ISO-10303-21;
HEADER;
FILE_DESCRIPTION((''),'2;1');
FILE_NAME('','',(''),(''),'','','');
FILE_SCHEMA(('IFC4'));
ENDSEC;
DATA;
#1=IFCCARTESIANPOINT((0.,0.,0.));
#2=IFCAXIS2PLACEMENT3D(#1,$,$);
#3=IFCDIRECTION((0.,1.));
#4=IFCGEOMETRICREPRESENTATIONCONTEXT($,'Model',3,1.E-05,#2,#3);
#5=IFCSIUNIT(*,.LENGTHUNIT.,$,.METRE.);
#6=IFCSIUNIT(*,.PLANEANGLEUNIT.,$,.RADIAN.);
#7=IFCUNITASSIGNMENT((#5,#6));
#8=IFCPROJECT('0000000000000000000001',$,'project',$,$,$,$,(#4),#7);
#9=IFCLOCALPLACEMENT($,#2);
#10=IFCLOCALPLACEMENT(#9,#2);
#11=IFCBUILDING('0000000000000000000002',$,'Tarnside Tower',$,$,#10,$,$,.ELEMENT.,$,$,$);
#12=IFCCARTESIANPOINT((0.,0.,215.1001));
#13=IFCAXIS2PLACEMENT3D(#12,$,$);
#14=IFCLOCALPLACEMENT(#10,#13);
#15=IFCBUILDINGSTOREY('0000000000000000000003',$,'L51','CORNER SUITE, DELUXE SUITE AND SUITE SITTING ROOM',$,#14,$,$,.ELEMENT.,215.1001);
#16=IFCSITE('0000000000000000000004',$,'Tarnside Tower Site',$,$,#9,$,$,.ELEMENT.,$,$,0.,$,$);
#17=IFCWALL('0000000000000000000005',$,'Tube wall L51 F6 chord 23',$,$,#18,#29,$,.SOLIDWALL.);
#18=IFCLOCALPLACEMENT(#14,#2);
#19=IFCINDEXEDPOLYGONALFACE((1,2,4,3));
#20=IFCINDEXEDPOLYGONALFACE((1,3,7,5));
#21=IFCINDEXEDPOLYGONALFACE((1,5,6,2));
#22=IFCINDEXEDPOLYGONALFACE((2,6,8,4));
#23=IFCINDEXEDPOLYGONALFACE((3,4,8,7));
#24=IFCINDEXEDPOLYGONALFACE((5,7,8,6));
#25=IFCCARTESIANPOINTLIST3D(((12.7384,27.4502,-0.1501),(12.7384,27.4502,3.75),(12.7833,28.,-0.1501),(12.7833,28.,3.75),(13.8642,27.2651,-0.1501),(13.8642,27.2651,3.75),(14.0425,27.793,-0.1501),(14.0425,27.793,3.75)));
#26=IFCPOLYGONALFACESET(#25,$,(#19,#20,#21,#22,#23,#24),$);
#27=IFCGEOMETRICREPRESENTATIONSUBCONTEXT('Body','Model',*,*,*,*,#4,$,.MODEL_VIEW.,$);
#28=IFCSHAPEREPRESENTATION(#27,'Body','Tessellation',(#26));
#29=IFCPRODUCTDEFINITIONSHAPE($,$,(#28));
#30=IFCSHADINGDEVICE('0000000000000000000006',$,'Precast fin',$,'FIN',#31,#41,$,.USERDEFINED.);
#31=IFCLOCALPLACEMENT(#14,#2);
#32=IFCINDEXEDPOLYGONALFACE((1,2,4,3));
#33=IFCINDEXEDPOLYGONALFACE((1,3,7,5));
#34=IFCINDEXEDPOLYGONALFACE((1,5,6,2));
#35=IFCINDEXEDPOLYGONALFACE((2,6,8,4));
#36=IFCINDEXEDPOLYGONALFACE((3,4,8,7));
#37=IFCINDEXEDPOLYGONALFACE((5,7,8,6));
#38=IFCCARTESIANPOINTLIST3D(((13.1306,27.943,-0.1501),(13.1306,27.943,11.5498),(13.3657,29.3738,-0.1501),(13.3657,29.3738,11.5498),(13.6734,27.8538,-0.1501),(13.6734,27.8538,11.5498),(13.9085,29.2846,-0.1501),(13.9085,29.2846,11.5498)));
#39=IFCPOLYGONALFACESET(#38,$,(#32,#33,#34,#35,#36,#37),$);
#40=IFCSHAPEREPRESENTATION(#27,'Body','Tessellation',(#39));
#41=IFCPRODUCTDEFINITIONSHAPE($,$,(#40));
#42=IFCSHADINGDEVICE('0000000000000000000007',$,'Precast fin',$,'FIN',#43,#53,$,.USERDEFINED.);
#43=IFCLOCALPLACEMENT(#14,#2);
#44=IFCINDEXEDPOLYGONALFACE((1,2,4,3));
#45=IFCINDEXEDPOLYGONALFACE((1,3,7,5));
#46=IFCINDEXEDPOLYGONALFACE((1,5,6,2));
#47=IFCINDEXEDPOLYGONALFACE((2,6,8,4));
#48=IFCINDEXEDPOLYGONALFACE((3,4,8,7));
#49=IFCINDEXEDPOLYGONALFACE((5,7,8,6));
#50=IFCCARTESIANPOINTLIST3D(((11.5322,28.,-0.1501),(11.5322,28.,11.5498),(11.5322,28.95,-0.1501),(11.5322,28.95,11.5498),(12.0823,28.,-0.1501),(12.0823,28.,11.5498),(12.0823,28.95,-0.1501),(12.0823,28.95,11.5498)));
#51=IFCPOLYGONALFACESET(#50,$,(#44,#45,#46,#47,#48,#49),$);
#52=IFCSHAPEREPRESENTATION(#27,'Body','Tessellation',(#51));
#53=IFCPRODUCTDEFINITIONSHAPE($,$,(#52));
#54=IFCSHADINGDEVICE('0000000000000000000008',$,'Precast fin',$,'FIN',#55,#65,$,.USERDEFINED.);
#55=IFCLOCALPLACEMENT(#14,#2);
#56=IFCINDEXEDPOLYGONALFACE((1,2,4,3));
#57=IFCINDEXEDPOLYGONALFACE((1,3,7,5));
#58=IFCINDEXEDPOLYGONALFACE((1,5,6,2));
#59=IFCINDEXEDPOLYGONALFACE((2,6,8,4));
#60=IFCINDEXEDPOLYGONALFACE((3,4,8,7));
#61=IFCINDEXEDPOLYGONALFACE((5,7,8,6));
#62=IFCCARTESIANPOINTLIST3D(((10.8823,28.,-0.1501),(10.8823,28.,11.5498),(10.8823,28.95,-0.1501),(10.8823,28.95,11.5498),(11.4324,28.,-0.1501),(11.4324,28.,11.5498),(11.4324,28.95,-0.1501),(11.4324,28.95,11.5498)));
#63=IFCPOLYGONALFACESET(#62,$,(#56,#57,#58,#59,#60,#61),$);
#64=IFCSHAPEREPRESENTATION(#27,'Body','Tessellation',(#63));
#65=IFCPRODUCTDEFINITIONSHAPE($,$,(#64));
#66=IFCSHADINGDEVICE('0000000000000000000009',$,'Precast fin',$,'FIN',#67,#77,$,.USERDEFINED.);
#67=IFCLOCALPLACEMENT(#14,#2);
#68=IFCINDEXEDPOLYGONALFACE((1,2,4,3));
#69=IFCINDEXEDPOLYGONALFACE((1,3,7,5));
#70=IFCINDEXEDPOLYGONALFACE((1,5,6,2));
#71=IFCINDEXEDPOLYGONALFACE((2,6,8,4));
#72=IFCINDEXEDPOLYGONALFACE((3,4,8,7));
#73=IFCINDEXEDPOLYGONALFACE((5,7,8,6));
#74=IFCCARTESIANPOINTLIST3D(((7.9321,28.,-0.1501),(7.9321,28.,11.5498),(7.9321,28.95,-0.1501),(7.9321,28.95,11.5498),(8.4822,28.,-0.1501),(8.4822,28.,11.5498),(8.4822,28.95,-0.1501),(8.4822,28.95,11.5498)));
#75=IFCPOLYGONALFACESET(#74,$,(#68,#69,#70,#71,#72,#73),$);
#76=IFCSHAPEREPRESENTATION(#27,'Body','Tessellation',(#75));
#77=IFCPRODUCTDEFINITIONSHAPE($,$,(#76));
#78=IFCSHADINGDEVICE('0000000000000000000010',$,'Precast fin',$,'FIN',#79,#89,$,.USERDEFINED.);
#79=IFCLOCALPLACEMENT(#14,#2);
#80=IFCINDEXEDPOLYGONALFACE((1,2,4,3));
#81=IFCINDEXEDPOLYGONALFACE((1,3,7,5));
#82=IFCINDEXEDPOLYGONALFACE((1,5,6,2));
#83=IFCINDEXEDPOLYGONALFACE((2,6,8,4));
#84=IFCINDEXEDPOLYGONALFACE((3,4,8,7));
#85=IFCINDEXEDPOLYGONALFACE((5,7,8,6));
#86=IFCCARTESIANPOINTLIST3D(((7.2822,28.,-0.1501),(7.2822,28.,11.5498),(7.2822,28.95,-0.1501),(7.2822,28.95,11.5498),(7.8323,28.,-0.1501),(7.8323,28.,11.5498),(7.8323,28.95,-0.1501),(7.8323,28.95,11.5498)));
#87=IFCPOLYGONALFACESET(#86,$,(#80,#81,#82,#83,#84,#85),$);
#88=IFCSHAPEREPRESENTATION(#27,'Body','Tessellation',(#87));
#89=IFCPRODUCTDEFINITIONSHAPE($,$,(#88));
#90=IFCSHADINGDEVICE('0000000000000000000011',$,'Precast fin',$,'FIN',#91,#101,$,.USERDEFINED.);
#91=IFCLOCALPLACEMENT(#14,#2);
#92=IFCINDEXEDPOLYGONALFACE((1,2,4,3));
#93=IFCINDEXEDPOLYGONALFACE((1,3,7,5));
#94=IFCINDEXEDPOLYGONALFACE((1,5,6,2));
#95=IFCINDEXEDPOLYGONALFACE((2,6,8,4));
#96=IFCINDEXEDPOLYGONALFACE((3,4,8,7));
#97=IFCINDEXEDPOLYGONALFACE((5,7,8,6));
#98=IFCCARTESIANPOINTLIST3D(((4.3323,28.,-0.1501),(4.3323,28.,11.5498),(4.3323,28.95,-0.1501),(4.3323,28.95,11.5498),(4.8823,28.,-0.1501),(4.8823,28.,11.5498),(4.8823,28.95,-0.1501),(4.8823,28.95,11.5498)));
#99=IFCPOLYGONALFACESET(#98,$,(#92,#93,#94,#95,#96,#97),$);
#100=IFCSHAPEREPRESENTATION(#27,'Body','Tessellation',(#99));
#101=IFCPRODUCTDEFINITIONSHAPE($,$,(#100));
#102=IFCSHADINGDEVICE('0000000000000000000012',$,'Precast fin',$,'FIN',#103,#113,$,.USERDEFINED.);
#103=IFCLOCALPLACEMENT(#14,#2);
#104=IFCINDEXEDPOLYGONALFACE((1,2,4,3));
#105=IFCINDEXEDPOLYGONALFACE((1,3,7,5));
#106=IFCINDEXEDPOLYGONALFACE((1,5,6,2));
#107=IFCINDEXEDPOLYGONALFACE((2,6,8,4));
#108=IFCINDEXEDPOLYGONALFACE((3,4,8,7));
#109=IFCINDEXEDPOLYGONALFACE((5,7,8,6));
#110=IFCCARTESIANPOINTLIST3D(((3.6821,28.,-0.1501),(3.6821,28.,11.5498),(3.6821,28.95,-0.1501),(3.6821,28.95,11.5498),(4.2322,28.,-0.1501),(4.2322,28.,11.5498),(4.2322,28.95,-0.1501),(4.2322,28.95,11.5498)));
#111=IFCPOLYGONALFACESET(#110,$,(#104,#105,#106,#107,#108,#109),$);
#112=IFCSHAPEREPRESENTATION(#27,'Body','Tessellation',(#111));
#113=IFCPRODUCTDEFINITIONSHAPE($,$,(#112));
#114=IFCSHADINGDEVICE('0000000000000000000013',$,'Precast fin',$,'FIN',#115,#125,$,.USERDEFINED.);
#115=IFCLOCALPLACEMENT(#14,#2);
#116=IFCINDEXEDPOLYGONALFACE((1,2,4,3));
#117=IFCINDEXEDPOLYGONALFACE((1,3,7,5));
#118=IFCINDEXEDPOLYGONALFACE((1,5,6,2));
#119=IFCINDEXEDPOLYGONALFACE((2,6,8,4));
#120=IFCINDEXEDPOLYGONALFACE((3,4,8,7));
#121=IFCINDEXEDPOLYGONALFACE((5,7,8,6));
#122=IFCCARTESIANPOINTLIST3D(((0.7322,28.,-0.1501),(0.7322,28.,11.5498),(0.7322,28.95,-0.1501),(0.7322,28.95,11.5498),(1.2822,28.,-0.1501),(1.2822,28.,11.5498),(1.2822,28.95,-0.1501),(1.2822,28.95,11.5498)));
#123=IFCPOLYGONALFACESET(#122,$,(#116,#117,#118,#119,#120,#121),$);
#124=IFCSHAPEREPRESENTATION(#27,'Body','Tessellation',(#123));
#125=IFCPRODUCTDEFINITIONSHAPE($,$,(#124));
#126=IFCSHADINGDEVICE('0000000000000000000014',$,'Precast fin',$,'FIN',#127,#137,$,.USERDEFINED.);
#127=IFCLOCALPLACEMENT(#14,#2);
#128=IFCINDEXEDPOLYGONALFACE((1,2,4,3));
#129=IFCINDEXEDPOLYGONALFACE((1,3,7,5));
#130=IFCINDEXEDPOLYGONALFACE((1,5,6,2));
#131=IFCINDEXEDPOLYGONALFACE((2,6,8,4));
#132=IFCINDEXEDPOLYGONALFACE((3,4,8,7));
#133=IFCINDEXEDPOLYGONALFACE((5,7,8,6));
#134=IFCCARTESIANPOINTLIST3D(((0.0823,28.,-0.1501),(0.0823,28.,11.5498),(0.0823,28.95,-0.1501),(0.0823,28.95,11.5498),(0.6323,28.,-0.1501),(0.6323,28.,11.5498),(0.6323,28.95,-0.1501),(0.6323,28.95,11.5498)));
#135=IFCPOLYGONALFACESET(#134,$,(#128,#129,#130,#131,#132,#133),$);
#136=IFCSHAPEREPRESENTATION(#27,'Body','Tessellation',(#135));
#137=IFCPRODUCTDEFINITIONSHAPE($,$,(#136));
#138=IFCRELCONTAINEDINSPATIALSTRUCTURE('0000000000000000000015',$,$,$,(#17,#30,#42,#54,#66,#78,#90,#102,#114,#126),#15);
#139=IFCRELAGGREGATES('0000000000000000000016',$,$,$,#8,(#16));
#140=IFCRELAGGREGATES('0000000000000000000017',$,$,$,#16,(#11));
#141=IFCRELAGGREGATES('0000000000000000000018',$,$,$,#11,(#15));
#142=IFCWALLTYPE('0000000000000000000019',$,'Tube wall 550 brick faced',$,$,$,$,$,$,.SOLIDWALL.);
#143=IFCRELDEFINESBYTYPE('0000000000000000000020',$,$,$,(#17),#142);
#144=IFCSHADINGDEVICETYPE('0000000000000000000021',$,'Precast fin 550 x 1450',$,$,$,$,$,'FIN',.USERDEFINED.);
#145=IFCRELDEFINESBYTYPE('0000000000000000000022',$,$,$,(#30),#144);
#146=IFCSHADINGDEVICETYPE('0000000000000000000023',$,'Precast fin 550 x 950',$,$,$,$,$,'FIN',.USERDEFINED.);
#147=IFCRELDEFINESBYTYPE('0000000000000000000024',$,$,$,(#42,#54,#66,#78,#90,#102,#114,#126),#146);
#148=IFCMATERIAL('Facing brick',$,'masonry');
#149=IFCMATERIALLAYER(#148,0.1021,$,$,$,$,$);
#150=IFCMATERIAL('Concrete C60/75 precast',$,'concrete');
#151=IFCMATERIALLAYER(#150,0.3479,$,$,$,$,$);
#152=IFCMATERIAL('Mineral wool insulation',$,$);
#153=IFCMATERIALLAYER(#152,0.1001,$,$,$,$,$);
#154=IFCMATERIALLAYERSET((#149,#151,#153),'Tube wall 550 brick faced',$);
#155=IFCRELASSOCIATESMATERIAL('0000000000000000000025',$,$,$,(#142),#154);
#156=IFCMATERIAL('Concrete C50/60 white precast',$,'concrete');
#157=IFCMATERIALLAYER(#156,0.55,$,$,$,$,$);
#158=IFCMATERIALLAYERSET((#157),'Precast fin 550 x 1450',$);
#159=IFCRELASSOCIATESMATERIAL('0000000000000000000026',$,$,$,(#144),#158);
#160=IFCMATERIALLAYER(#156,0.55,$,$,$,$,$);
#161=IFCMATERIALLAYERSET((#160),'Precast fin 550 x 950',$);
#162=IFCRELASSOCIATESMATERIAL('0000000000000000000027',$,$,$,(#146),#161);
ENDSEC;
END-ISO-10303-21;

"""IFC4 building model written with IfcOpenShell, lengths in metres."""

from ifc_helpers import new_model, si_unit, direction, frame, origin, place, context, subcontext, project, spatial, polyline, outline, extrude, material, layer, layer_set, type_object, element, save


model = new_model("IFC4")

# Units and contexts
model_context = context("Model", 3, precision=1e-05, world=origin(), true_north=direction((0.0, 1.0)))
body_context = subcontext(model_context, "Body", "Model", "MODEL_VIEW")
ifc_project = project(units=[si_unit("LENGTHUNIT", "METRE"), si_unit("PLANEANGLEUNIT", "RADIAN")], contexts=[model_context])

# Site, building, storey
site_placement = place(None, origin())
site = spatial("IfcSite", under=ifc_project, at=site_placement, Name="Tarnside Tower Site", CompositionType="ELEMENT", RefElevation=0.0)
building_placement = place(site_placement, origin())
building = spatial("IfcBuilding", under=site, at=building_placement, Name="Tarnside Tower", CompositionType="ELEMENT")
storey_placement = place(building_placement, frame((0.0, 0.0, 215.1001)))
storey = spatial("IfcBuildingStorey", under=building, at=storey_placement, Name="L51", Description="CORNER SUITE, DELUXE SUITE AND SUITE SITTING ROOM", CompositionType="ELEMENT", Elevation=215.1001)

# Shared definitions
ifc_material_1 = material(Name="Facing brick", Category="masonry")
ifc_layer_1 = layer(ifc_material_1, 0.1021)
ifc_material_2 = material(Name="Concrete C60/75 precast", Category="concrete")
ifc_layer_2 = layer(ifc_material_2, 0.3479)
ifc_material_3 = material(Name="Mineral wool insulation")
ifc_layer_3 = layer(ifc_material_3, 0.1001)
ifc_layer_set_1 = layer_set([ifc_layer_1, ifc_layer_2, ifc_layer_3], Name="Tube wall 550 brick faced")
wall_type_1 = type_object("IfcWallType", Name="Tube wall 550 brick faced", PredefinedType="SOLIDWALL", material=ifc_layer_set_1)

# Wall
wall_1_placement = place(storey_placement, frame((13.9534, 27.5291, -0.1501), z_axis=(0.0, 0.0, 1.0), x_axis=(-0.986752, 0.162236, 0.0)))
element("IfcWall", 1, at=wall_1_placement, inside=storey, type_object=wall_type_1, Name="Tube wall L51 F6 chord 23", PredefinedType="SOLIDWALL", context=body_context, shape_type="SweptSolid", body=[
    extrude(outline(polyline([(-0.0452, -0.2749), (1.231, -0.2749), (1.186, 0.2749), (0.0452, 0.2749), (-0.0452, -0.2749)])), origin(), (0.0, 0.0, 1.0), 3.9001),
])

# Shading devices
ifc_material_4 = material(Name="Concrete C50/60 white precast", Category="concrete")
ifc_layer_4 = layer(ifc_material_4, 0.55)
ifc_layer_set_2 = layer_set([ifc_layer_4], Name="Precast fin 550 x 1450")
shading_device_type_1 = type_object("IfcShadingDeviceType", Name="Precast fin 550 x 1450", ElementType="FIN", PredefinedType="USERDEFINED", material=ifc_layer_set_2)
shading_device_placement = place(storey_placement, frame((13.4019, 27.8984, -0.1501), z_axis=(0.986762, -0.162178, 0.0), x_axis=(0.162178, 0.986762, 0.0)))
element("IfcShadingDevice", 2, at=shading_device_placement, inside=storey, type_object=shading_device_type_1, Name="Precast fin", ObjectType="FIN", PredefinedType="USERDEFINED", context=body_context, shape_type="SweptSolid", body=[
    extrude(outline(polyline([(0.0, 0.0), (1.45, 0.0), (1.45, 11.7), (0.0, 11.7), (0.0, 0.0)])), frame((0.0, 0.0, -0.2749)), (0.0, 0.0, 1.0), 0.55),
])
ifc_layer_5 = layer(ifc_material_4, 0.55)
ifc_layer_set_3 = layer_set([ifc_layer_5], Name="Precast fin 550 x 950")
shading_device_type_2 = type_object("IfcShadingDeviceType", Name="Precast fin 550 x 950", ElementType="FIN", PredefinedType="USERDEFINED", material=ifc_layer_set_3)
for number, where, z_axis, x_axis, name in (
    (3, (11.8071, 28.0, -0.1501), (1.0, 0.0, 0.0), (0.0, 1.0, 0.0), "Precast fin"),
    (4, (11.1572, 28.0, -0.1501), (1.0, 0.0, 0.0), (0.0, 1.0, 0.0), "Precast fin"),
    (5, (8.207, 28.0, -0.1501), (1.0, 0.0, 0.0), (0.0, 1.0, 0.0), "Precast fin"),
    (6, (7.5571, 28.0, -0.1501), (1.0, 0.0, 0.0), (0.0, 1.0, 0.0), "Precast fin"),
    (7, (4.6072, 28.0, -0.1501), (1.0, 0.0, 0.0), (0.0, 1.0, 0.0), "Precast fin"),
    (8, (3.957, 28.0, -0.1501), (1.0, 0.0, 0.0), (0.0, 1.0, 0.0), "Precast fin"),
    (9, (1.0071, 28.0, -0.1501), (1.0, 0.0, 0.0), (0.0, 1.0, 0.0), "Precast fin"),
    (10, (0.3572, 28.0, -0.1501), (1.0, 0.0, 0.0), (0.0, 1.0, 0.0), "Precast fin"),
):
    element("IfcShadingDevice", number, at=place(storey_placement, frame(where, z_axis=z_axis, x_axis=x_axis)), inside=storey, type_object=shading_device_type_2, Name=name, ObjectType="FIN", PredefinedType="USERDEFINED", context=body_context, shape_type="SweptSolid", body=[
        extrude(outline(polyline([(0.0, 0.0), (0.95, 0.0), (0.95, 11.7), (0.0, 11.7), (0.0, 0.0)])), frame((0.0, 0.0, -0.2749)), (0.0, 0.0, 1.0), 0.55),
    ])

save(model, "model.ifc")
